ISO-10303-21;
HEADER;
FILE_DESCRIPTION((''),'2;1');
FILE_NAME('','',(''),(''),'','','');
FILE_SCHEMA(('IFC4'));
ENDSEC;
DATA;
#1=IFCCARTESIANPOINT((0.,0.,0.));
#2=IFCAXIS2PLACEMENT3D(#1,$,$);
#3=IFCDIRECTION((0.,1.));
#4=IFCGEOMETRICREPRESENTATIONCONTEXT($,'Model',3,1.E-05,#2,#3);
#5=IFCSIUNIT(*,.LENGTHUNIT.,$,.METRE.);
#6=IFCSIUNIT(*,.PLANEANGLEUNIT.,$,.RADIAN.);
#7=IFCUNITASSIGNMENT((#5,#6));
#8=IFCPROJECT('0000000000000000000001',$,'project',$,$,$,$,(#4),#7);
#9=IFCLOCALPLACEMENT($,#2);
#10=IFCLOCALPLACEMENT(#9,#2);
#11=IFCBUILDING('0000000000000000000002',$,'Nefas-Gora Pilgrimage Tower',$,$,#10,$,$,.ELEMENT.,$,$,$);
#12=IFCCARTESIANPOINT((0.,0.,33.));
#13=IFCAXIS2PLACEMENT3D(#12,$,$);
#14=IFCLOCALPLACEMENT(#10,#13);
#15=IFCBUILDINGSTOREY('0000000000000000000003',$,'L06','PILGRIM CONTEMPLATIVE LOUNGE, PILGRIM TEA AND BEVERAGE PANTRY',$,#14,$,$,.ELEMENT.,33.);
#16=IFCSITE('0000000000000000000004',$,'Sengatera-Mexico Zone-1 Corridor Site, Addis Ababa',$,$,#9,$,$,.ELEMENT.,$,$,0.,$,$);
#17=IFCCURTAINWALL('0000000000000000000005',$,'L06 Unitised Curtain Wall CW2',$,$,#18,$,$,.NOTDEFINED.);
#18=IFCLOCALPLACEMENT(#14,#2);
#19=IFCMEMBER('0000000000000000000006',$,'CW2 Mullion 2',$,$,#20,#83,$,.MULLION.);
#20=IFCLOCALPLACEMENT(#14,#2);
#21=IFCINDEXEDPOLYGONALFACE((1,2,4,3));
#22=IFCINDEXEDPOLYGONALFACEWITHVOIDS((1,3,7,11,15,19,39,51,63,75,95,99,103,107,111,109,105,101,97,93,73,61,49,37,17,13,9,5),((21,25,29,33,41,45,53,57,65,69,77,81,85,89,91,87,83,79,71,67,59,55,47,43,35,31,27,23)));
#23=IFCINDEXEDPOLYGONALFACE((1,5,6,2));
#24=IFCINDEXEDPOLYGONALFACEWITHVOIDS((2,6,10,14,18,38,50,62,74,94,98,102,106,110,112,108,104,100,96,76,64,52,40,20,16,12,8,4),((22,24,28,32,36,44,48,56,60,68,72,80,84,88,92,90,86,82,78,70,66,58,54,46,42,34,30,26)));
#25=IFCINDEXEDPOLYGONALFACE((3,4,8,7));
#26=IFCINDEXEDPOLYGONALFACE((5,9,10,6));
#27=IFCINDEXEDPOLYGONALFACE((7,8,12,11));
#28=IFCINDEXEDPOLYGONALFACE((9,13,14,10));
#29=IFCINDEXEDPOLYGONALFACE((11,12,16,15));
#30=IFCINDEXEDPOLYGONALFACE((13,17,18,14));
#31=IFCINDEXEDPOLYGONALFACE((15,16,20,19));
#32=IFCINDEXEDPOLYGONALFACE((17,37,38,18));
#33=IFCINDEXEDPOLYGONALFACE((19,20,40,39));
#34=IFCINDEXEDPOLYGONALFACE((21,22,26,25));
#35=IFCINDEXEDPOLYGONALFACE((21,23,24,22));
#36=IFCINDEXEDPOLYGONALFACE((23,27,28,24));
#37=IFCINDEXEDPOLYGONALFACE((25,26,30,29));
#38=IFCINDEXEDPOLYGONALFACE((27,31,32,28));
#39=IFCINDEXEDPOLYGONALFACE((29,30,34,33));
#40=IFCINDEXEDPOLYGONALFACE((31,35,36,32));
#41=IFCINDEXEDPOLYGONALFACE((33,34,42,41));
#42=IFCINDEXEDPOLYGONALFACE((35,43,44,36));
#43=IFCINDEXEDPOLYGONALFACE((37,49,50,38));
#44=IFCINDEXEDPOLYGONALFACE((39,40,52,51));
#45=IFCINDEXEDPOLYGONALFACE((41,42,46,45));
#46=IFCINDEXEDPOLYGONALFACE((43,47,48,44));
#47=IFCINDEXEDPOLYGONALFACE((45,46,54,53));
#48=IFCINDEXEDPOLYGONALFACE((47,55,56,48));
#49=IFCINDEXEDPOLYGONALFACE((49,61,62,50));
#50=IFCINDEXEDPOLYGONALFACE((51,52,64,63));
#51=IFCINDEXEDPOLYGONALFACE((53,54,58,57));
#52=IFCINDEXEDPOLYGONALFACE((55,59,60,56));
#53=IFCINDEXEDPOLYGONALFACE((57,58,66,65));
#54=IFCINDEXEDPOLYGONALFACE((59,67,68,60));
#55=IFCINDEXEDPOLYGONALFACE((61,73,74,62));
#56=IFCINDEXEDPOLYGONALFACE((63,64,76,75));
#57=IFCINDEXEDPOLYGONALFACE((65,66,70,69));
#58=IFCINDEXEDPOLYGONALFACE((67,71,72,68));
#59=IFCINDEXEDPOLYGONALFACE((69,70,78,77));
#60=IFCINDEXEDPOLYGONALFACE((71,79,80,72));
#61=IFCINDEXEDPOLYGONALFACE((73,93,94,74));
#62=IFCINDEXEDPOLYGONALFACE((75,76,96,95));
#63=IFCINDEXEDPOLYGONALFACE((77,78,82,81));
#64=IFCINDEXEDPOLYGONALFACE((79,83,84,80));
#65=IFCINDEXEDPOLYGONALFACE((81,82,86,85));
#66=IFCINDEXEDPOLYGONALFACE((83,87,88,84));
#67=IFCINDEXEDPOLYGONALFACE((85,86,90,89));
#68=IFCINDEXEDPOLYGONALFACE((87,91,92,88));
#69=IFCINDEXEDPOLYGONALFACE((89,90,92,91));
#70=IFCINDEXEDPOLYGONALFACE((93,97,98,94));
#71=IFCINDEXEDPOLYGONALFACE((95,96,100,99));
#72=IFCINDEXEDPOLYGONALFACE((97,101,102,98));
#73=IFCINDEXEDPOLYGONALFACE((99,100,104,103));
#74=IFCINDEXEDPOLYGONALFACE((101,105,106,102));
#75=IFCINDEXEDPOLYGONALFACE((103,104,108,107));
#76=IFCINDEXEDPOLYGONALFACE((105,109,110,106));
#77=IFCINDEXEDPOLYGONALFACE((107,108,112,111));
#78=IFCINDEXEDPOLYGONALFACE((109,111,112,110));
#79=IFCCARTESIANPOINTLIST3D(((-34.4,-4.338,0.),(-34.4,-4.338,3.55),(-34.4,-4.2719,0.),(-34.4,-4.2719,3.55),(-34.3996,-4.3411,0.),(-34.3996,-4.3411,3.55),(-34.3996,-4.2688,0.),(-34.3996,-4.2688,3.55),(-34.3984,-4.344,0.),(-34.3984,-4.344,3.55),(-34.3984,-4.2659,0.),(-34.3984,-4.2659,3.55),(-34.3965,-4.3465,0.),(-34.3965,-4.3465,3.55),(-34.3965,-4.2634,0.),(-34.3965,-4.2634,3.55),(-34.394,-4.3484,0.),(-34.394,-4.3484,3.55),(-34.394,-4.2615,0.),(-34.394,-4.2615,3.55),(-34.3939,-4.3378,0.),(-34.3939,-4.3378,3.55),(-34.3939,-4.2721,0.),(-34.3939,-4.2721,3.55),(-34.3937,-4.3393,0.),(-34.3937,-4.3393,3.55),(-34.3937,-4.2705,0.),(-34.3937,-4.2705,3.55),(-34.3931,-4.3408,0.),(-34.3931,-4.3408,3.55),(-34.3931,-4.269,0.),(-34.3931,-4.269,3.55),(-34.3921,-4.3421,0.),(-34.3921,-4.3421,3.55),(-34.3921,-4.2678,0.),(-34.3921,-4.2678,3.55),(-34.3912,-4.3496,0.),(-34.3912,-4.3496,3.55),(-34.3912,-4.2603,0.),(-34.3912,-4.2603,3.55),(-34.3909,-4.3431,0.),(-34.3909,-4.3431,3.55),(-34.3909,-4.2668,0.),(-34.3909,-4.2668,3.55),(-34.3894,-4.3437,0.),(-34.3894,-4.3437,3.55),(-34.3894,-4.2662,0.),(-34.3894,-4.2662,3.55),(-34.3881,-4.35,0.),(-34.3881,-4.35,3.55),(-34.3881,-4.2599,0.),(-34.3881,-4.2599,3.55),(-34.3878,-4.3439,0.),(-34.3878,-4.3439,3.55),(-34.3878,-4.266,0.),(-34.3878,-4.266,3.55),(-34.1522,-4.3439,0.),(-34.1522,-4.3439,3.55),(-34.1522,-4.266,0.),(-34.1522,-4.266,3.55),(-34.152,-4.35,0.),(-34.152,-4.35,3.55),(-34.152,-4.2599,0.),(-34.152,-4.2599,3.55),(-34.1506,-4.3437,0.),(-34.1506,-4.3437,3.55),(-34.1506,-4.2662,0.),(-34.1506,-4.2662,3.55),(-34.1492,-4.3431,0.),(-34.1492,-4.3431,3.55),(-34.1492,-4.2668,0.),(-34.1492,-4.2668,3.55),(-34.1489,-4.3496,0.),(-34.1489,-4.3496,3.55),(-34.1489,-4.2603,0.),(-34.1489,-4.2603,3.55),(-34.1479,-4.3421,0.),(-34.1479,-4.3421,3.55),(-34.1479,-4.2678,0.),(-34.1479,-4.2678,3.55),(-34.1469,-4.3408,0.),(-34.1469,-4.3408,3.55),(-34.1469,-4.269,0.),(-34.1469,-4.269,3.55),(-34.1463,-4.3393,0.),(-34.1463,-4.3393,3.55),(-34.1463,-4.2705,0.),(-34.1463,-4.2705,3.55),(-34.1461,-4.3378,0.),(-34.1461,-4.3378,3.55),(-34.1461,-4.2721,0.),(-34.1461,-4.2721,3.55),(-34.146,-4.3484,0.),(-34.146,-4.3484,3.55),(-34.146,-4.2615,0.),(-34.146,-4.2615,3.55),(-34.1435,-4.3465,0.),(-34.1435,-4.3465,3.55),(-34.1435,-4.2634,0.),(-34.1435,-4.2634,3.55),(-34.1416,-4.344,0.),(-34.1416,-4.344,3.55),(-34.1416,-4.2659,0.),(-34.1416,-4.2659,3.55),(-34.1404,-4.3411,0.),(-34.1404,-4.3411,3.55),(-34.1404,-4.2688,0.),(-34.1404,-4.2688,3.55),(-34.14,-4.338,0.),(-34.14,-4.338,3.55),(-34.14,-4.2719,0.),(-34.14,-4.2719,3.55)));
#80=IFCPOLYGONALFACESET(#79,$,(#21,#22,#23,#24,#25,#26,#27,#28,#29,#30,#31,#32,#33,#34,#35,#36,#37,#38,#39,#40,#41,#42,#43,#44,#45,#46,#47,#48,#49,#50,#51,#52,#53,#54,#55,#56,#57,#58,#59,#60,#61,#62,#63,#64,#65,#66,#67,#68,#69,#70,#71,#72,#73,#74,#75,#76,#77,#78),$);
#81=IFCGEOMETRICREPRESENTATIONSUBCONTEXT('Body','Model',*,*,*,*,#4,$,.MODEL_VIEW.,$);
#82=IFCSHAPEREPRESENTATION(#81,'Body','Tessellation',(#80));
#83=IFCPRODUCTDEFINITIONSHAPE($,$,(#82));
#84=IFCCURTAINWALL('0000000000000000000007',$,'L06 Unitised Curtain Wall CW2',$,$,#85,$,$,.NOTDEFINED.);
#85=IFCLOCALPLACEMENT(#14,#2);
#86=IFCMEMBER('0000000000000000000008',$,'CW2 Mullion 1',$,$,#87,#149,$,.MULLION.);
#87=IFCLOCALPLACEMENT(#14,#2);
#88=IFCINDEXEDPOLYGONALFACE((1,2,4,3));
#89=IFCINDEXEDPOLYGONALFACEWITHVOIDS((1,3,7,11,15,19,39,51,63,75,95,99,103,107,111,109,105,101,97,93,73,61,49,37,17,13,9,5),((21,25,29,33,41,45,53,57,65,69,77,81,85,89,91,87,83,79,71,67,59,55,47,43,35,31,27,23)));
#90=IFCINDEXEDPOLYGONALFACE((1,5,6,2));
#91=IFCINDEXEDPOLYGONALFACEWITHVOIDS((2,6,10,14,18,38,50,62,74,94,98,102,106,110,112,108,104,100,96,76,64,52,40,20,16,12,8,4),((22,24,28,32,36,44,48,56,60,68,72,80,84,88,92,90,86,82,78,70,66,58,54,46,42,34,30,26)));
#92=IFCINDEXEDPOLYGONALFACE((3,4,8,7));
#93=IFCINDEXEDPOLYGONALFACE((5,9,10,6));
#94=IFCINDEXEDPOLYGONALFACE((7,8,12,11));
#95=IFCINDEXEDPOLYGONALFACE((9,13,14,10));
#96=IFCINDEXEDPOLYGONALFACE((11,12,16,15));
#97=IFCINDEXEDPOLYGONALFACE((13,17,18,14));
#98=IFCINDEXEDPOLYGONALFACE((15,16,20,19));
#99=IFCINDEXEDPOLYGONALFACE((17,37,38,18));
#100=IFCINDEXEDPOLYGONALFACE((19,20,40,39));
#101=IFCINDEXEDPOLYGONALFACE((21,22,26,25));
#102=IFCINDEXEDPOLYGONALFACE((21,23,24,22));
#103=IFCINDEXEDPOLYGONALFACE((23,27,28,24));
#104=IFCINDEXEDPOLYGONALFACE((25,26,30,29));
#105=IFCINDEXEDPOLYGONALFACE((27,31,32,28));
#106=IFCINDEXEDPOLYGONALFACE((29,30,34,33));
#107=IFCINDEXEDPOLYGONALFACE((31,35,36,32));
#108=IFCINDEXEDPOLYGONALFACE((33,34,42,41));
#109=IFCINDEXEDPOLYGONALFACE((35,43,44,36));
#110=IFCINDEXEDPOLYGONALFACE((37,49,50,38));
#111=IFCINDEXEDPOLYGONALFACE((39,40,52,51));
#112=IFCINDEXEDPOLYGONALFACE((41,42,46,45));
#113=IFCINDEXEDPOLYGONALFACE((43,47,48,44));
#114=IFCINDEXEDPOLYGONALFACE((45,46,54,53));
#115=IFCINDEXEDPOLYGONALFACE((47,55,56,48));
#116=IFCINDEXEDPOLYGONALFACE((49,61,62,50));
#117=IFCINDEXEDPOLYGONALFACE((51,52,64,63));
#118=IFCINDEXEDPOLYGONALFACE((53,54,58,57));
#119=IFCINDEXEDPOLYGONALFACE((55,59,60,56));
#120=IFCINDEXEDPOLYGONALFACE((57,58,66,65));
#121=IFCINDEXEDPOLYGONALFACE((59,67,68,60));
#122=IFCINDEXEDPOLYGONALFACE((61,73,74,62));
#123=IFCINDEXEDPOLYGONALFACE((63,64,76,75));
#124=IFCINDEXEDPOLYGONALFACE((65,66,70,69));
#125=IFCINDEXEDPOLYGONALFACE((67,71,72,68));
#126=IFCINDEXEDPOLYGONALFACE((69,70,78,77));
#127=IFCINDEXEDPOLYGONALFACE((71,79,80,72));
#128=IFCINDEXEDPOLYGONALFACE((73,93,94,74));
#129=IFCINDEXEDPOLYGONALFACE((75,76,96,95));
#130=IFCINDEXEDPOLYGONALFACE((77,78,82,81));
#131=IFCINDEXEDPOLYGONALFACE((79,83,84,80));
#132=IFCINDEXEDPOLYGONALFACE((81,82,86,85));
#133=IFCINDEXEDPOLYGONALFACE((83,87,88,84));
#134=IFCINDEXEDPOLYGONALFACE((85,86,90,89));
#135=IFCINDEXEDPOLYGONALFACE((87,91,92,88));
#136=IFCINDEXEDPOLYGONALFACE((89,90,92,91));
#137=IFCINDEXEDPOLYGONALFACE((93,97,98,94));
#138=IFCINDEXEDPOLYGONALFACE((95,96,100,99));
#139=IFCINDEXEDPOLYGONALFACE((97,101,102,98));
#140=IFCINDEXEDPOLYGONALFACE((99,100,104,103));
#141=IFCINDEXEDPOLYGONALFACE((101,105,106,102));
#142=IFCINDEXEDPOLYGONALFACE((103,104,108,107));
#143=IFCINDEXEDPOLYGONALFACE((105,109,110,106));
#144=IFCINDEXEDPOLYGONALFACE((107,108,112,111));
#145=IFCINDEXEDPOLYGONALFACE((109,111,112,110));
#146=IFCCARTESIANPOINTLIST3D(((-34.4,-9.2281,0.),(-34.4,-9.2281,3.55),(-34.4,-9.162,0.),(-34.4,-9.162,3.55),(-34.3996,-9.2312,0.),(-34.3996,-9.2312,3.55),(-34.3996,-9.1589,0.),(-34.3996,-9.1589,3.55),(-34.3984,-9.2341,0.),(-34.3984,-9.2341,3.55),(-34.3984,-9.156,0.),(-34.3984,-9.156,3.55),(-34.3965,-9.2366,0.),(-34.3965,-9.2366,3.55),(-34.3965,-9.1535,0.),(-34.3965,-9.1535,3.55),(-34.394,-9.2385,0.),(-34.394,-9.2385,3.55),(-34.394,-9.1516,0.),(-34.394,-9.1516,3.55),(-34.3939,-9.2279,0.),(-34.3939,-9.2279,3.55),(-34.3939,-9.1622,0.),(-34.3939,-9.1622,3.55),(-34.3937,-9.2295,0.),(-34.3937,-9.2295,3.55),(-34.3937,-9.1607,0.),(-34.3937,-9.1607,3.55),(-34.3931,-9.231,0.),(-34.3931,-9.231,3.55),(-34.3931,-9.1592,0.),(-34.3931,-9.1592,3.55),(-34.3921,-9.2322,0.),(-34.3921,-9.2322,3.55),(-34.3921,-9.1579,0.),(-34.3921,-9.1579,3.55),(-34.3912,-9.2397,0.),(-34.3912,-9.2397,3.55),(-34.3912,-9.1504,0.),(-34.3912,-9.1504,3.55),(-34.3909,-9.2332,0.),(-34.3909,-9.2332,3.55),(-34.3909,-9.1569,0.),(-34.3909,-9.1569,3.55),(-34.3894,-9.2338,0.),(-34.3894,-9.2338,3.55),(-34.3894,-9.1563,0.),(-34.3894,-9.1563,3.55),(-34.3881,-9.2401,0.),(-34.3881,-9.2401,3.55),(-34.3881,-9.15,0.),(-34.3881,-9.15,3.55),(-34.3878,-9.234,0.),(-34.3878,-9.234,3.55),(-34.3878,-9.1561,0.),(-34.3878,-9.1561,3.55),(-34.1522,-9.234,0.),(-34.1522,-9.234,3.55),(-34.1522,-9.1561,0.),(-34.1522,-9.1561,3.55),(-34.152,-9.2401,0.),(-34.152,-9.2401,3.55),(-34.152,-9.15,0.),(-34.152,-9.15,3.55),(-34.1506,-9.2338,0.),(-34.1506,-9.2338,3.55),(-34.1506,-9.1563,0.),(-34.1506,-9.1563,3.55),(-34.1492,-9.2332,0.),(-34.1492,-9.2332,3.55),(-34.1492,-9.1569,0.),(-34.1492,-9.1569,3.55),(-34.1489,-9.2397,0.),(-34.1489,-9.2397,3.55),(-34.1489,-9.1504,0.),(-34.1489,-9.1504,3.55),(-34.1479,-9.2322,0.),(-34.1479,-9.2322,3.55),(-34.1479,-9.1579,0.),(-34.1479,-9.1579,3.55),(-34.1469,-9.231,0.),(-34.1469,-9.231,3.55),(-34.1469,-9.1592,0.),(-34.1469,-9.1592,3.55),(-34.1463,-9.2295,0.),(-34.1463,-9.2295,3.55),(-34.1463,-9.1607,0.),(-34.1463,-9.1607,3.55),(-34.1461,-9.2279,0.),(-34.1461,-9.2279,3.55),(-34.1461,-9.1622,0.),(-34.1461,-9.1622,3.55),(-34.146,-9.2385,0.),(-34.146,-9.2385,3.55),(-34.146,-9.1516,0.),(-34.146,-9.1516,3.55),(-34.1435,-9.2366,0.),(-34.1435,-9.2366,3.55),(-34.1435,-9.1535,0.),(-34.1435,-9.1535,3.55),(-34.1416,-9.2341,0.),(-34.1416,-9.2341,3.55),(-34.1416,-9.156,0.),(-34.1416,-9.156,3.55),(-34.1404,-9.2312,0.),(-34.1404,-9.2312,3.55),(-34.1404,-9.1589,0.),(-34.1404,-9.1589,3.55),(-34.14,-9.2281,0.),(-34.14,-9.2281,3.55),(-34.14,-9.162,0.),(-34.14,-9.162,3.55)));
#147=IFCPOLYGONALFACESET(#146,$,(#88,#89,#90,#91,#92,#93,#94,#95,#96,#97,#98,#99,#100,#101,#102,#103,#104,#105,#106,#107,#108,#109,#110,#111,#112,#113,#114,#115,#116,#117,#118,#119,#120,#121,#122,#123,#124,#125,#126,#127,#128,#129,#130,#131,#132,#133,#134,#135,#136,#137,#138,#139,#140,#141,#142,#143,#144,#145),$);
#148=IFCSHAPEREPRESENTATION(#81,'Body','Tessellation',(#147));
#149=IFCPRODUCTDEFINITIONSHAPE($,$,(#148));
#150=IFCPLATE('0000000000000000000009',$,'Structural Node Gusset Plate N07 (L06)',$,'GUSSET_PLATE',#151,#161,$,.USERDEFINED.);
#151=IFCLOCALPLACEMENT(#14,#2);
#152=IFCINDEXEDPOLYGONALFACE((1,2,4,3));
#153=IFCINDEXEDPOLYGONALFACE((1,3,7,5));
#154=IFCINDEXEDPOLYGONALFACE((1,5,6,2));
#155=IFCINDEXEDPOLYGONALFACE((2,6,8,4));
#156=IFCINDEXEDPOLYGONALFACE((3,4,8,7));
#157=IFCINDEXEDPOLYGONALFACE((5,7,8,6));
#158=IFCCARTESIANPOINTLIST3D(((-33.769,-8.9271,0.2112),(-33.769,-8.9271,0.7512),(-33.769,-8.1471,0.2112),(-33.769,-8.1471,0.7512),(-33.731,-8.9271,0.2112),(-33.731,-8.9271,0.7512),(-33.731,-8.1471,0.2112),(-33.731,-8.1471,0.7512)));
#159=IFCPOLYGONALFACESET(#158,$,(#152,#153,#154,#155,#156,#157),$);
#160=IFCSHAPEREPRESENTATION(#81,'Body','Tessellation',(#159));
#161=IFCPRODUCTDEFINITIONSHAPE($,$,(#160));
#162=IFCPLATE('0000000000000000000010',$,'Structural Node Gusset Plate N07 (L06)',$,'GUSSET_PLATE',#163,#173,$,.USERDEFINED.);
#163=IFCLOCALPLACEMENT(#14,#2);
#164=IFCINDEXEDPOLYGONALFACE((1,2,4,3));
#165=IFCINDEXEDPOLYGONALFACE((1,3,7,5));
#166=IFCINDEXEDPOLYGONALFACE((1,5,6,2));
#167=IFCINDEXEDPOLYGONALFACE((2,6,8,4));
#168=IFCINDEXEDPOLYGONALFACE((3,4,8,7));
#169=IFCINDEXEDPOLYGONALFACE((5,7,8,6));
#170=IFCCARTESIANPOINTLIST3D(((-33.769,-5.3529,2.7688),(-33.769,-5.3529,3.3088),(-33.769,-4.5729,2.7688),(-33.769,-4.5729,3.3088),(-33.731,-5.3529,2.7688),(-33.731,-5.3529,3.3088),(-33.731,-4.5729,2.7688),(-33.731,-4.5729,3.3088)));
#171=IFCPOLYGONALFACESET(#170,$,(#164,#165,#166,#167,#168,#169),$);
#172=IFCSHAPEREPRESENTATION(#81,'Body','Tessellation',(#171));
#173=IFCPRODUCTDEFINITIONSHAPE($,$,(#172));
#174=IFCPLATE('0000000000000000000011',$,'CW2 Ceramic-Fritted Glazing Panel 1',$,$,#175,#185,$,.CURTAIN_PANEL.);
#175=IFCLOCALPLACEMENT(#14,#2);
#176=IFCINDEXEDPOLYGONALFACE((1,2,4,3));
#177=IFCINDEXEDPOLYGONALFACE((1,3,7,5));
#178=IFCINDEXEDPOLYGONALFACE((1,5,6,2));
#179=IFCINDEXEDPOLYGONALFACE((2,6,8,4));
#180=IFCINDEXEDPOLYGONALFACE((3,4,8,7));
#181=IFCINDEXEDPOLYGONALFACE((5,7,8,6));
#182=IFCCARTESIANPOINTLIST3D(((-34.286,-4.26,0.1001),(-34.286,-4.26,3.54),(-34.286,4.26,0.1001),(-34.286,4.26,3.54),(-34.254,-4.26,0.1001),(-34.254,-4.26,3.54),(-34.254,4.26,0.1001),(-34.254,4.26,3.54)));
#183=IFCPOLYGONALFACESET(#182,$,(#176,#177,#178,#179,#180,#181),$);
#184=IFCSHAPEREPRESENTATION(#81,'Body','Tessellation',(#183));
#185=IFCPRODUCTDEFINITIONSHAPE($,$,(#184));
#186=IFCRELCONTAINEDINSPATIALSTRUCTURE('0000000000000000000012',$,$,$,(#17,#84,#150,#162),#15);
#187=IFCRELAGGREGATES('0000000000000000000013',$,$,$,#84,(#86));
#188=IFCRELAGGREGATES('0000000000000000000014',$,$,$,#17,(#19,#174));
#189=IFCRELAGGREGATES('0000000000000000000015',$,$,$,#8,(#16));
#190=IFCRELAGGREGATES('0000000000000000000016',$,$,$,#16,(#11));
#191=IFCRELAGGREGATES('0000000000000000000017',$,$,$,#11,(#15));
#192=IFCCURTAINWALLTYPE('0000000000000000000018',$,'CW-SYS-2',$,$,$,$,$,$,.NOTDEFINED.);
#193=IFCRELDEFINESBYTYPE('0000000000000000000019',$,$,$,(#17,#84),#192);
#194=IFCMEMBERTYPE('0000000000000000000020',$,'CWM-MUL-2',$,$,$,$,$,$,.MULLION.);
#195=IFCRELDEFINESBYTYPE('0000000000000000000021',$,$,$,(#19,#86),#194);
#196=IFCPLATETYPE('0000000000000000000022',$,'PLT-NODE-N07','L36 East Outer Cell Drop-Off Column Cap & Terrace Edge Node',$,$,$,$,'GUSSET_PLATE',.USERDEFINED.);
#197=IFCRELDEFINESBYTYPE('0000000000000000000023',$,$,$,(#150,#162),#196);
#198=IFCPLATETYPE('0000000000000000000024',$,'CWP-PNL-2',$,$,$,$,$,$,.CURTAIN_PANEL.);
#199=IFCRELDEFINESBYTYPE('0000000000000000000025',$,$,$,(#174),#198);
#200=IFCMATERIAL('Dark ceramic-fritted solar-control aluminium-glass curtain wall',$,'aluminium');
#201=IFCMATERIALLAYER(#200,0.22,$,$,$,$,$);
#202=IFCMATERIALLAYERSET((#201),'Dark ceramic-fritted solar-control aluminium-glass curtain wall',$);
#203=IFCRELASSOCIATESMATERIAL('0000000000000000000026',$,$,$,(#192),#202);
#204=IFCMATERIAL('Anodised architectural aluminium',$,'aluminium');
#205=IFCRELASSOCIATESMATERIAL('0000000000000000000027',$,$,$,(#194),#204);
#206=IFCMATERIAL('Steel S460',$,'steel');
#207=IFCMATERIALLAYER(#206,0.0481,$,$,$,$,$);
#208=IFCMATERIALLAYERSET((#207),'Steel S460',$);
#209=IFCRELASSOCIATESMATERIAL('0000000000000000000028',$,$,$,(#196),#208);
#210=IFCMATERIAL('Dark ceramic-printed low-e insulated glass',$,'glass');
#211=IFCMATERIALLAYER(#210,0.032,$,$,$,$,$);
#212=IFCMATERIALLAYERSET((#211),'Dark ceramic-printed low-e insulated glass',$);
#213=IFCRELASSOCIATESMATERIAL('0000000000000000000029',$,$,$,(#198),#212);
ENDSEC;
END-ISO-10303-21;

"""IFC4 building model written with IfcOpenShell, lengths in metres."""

from ifc_helpers import new_model, si_unit, direction, frame, origin, origin_2d, place, context, subcontext, project, spatial, rectangle, hollow_rectangle, extrude, source, transform, mapped, material, layer, layer_set, material_profile, profile_set, type_object, element, aggregate, save


model = new_model("IFC4")

# Units and contexts
model_context = context("Model", 3, precision=1e-05, world=origin(), true_north=direction((0.0, 1.0)))
body_context = subcontext(model_context, "Body", "Model", "MODEL_VIEW")
ifc_project = project(units=[si_unit("LENGTHUNIT", "METRE"), si_unit("PLANEANGLEUNIT", "RADIAN")], contexts=[model_context])

# Site, building, storey
site_placement = place(None, origin())
site = spatial("IfcSite", under=ifc_project, at=site_placement, Name="Sengatera-Mexico Zone-1 Corridor Site, Addis Ababa", CompositionType="ELEMENT", RefElevation=0.0)
building_placement = place(site_placement, origin())
building = spatial("IfcBuilding", under=site, at=building_placement, Name="Nefas-Gora Pilgrimage Tower", CompositionType="ELEMENT")
storey_placement = place(building_placement, frame((0.0, 0.0, 33.0)))
storey = spatial("IfcBuildingStorey", under=building, at=storey_placement, Name="L06", Description="PILGRIM CONTEMPLATIVE LOUNGE, PILGRIM TEA AND BEVERAGE PANTRY", CompositionType="ELEMENT", Elevation=33.0)

# Shared definitions
ifc_material_1 = material(Name="Steel S460", Category="steel")

# Curtain walls, members
ifc_material_2 = material(Name="Dark ceramic-fritted solar-control aluminium-glass curtain wall", Category="aluminium")
ifc_layer_1 = layer(ifc_material_2, 0.22)
ifc_layer_set_1 = layer_set([ifc_layer_1], Name="Dark ceramic-fritted solar-control aluminium-glass curtain wall")
curtain_wall_type = type_object("IfcCurtainWallType", Name="CW-SYS-2", PredefinedType="NOTDEFINED", material=ifc_layer_set_1)
curtain_wall_1_placement = place(storey_placement, origin())
curtain_wall_1 = element("IfcCurtainWall", 1, at=curtain_wall_1_placement, inside=storey, type_object=curtain_wall_type, Name="L06 Unitised Curtain Wall CW2", PredefinedType="NOTDEFINED")
ifc_material_3 = material(Name="Anodised architectural aluminium", Category="aluminium")
ifc_material_profile_1 = material_profile(ifc_material_3, hollow_rectangle(XDim=0.0901, YDim=0.26, WallThickness=0.0061, InnerFilletRadius=0.0061, OuterFilletRadius=0.012, at=origin_2d()), Name="ALU MULLION 90x260")
ifc_profile_set_1 = profile_set([ifc_material_profile_1], Name="Anodised architectural aluminium")
member_type_1 = type_object("IfcMemberType", Name="CWM-MUL-2", PredefinedType="MULLION", material=ifc_profile_set_1)
shared_shape_1 = source(origin(), body_context, "Body", "SweptSolid", [
    extrude(hollow_rectangle(XDim=0.0901, YDim=0.26, WallThickness=0.0061, InnerFilletRadius=0.0061, OuterFilletRadius=0.012, at=origin_2d()), origin(), (0.0, 0.0, 1.0), 3.55),
])
member_1_placement = place(storey_placement, frame((-34.27, -4.3049, 0.0), z_axis=(0.0, 0.0, 1.0), x_axis=(0.0, -1.0, 0.0)))
member_1 = element("IfcMember", 2, at=member_1_placement, type_object=member_type_1, Name="CW2 Mullion 2", PredefinedType="MULLION", context=body_context, shape_type="MappedRepresentation", body=[
    mapped(shared_shape_1, transform((0.0, 0.0, 0.0), x_axis=(1.0, 0.0, 0.0), y_axis=(0.0, 1.0, 0.0), z_axis=(0.0, 0.0, 1.0), scale=1.0)),
])
curtain_wall_2_placement = place(storey_placement, origin())
curtain_wall_2 = element("IfcCurtainWall", 3, at=curtain_wall_2_placement, inside=storey, type_object=curtain_wall_type, Name="L06 Unitised Curtain Wall CW2", PredefinedType="NOTDEFINED")
member_2_placement = place(storey_placement, frame((-34.27, -9.1951, 0.0), z_axis=(0.0, 0.0, 1.0), x_axis=(0.0, -1.0, 0.0)))
member_2 = element("IfcMember", 4, at=member_2_placement, type_object=member_type_1, Name="CW2 Mullion 1", PredefinedType="MULLION", context=body_context, shape_type="MappedRepresentation", body=[
    mapped(shared_shape_1, transform((0.0, 0.0, 0.0), x_axis=(1.0, 0.0, 0.0), y_axis=(0.0, 1.0, 0.0), z_axis=(0.0, 0.0, 1.0), scale=1.0)),
])
aggregate(curtain_wall_2, [member_2])

# Plates
ifc_layer_2 = layer(ifc_material_1, 0.0481)
ifc_layer_set_2 = layer_set([ifc_layer_2], Name="Steel S460")
plate_type_1 = type_object("IfcPlateType", Name="PLT-NODE-N07", Description="L36 East Outer Cell Drop-Off Column Cap & Terrace Edge Node", ElementType="GUSSET_PLATE", PredefinedType="USERDEFINED", material=ifc_layer_set_2)
shared_shape_2 = source(origin(), body_context, "Body", "SweptSolid", [
    extrude(rectangle(XDim=0.78, YDim=0.0381, at=origin_2d()), origin(), (0.0, 0.0, 1.0), 0.54),
])
for number, where, z_axis, x_axis, name in (
    (5, (-33.75, -8.5371, 0.2112), (0.0, 0.0, 1.0), (0.0, 1.0, 0.0), "Structural Node Gusset Plate N07 (L06)"),
    (6, (-33.75, -4.9629, 2.7688), (0.0, 0.0, 1.0), (0.0, 1.0, 0.0), "Structural Node Gusset Plate N07 (L06)"),
):
    element("IfcPlate", number, at=place(storey_placement, frame(where, z_axis=z_axis, x_axis=x_axis)), inside=storey, type_object=plate_type_1, Name=name, ObjectType="GUSSET_PLATE", PredefinedType="USERDEFINED", context=body_context, shape_type="MappedRepresentation", body=[
        mapped(shared_shape_2, transform((0.0, 0.0, 0.0), x_axis=(1.0, 0.0, 0.0), y_axis=(0.0, 1.0, 0.0), z_axis=(0.0, 0.0, 1.0), scale=1.0)),
    ])

# Plate
ifc_material_4 = material(Name="Dark ceramic-printed low-e insulated glass", Category="glass")
ifc_layer_3 = layer(ifc_material_4, 0.032)
ifc_layer_set_3 = layer_set([ifc_layer_3], Name="Dark ceramic-printed low-e insulated glass")
plate_type_2 = type_object("IfcPlateType", Name="CWP-PNL-2", PredefinedType="CURTAIN_PANEL", material=ifc_layer_set_3)
shared_shape_3 = source(origin(), body_context, "Body", "SweptSolid", [
    extrude(rectangle(XDim=8.52, YDim=0.032, at=origin_2d()), origin(), (0.0, 0.0, 1.0), 3.4399),
])
plate_placement = place(storey_placement, frame((-34.27, 0.0, 0.1001), z_axis=(0.0, 0.0, 1.0), x_axis=(0.0, -1.0, 0.0)))
plate = element("IfcPlate", 7, at=plate_placement, type_object=plate_type_2, Name="CW2 Ceramic-Fritted Glazing Panel 1", PredefinedType="CURTAIN_PANEL", context=body_context, shape_type="MappedRepresentation", body=[
    mapped(shared_shape_3, transform((0.0, 0.0, 0.0), x_axis=(1.0, 0.0, 0.0), y_axis=(0.0, 1.0, 0.0), z_axis=(0.0, 0.0, 1.0), scale=1.0)),
])
aggregate(curtain_wall_1, [member_1, plate])

save(model, "model.ifc")
